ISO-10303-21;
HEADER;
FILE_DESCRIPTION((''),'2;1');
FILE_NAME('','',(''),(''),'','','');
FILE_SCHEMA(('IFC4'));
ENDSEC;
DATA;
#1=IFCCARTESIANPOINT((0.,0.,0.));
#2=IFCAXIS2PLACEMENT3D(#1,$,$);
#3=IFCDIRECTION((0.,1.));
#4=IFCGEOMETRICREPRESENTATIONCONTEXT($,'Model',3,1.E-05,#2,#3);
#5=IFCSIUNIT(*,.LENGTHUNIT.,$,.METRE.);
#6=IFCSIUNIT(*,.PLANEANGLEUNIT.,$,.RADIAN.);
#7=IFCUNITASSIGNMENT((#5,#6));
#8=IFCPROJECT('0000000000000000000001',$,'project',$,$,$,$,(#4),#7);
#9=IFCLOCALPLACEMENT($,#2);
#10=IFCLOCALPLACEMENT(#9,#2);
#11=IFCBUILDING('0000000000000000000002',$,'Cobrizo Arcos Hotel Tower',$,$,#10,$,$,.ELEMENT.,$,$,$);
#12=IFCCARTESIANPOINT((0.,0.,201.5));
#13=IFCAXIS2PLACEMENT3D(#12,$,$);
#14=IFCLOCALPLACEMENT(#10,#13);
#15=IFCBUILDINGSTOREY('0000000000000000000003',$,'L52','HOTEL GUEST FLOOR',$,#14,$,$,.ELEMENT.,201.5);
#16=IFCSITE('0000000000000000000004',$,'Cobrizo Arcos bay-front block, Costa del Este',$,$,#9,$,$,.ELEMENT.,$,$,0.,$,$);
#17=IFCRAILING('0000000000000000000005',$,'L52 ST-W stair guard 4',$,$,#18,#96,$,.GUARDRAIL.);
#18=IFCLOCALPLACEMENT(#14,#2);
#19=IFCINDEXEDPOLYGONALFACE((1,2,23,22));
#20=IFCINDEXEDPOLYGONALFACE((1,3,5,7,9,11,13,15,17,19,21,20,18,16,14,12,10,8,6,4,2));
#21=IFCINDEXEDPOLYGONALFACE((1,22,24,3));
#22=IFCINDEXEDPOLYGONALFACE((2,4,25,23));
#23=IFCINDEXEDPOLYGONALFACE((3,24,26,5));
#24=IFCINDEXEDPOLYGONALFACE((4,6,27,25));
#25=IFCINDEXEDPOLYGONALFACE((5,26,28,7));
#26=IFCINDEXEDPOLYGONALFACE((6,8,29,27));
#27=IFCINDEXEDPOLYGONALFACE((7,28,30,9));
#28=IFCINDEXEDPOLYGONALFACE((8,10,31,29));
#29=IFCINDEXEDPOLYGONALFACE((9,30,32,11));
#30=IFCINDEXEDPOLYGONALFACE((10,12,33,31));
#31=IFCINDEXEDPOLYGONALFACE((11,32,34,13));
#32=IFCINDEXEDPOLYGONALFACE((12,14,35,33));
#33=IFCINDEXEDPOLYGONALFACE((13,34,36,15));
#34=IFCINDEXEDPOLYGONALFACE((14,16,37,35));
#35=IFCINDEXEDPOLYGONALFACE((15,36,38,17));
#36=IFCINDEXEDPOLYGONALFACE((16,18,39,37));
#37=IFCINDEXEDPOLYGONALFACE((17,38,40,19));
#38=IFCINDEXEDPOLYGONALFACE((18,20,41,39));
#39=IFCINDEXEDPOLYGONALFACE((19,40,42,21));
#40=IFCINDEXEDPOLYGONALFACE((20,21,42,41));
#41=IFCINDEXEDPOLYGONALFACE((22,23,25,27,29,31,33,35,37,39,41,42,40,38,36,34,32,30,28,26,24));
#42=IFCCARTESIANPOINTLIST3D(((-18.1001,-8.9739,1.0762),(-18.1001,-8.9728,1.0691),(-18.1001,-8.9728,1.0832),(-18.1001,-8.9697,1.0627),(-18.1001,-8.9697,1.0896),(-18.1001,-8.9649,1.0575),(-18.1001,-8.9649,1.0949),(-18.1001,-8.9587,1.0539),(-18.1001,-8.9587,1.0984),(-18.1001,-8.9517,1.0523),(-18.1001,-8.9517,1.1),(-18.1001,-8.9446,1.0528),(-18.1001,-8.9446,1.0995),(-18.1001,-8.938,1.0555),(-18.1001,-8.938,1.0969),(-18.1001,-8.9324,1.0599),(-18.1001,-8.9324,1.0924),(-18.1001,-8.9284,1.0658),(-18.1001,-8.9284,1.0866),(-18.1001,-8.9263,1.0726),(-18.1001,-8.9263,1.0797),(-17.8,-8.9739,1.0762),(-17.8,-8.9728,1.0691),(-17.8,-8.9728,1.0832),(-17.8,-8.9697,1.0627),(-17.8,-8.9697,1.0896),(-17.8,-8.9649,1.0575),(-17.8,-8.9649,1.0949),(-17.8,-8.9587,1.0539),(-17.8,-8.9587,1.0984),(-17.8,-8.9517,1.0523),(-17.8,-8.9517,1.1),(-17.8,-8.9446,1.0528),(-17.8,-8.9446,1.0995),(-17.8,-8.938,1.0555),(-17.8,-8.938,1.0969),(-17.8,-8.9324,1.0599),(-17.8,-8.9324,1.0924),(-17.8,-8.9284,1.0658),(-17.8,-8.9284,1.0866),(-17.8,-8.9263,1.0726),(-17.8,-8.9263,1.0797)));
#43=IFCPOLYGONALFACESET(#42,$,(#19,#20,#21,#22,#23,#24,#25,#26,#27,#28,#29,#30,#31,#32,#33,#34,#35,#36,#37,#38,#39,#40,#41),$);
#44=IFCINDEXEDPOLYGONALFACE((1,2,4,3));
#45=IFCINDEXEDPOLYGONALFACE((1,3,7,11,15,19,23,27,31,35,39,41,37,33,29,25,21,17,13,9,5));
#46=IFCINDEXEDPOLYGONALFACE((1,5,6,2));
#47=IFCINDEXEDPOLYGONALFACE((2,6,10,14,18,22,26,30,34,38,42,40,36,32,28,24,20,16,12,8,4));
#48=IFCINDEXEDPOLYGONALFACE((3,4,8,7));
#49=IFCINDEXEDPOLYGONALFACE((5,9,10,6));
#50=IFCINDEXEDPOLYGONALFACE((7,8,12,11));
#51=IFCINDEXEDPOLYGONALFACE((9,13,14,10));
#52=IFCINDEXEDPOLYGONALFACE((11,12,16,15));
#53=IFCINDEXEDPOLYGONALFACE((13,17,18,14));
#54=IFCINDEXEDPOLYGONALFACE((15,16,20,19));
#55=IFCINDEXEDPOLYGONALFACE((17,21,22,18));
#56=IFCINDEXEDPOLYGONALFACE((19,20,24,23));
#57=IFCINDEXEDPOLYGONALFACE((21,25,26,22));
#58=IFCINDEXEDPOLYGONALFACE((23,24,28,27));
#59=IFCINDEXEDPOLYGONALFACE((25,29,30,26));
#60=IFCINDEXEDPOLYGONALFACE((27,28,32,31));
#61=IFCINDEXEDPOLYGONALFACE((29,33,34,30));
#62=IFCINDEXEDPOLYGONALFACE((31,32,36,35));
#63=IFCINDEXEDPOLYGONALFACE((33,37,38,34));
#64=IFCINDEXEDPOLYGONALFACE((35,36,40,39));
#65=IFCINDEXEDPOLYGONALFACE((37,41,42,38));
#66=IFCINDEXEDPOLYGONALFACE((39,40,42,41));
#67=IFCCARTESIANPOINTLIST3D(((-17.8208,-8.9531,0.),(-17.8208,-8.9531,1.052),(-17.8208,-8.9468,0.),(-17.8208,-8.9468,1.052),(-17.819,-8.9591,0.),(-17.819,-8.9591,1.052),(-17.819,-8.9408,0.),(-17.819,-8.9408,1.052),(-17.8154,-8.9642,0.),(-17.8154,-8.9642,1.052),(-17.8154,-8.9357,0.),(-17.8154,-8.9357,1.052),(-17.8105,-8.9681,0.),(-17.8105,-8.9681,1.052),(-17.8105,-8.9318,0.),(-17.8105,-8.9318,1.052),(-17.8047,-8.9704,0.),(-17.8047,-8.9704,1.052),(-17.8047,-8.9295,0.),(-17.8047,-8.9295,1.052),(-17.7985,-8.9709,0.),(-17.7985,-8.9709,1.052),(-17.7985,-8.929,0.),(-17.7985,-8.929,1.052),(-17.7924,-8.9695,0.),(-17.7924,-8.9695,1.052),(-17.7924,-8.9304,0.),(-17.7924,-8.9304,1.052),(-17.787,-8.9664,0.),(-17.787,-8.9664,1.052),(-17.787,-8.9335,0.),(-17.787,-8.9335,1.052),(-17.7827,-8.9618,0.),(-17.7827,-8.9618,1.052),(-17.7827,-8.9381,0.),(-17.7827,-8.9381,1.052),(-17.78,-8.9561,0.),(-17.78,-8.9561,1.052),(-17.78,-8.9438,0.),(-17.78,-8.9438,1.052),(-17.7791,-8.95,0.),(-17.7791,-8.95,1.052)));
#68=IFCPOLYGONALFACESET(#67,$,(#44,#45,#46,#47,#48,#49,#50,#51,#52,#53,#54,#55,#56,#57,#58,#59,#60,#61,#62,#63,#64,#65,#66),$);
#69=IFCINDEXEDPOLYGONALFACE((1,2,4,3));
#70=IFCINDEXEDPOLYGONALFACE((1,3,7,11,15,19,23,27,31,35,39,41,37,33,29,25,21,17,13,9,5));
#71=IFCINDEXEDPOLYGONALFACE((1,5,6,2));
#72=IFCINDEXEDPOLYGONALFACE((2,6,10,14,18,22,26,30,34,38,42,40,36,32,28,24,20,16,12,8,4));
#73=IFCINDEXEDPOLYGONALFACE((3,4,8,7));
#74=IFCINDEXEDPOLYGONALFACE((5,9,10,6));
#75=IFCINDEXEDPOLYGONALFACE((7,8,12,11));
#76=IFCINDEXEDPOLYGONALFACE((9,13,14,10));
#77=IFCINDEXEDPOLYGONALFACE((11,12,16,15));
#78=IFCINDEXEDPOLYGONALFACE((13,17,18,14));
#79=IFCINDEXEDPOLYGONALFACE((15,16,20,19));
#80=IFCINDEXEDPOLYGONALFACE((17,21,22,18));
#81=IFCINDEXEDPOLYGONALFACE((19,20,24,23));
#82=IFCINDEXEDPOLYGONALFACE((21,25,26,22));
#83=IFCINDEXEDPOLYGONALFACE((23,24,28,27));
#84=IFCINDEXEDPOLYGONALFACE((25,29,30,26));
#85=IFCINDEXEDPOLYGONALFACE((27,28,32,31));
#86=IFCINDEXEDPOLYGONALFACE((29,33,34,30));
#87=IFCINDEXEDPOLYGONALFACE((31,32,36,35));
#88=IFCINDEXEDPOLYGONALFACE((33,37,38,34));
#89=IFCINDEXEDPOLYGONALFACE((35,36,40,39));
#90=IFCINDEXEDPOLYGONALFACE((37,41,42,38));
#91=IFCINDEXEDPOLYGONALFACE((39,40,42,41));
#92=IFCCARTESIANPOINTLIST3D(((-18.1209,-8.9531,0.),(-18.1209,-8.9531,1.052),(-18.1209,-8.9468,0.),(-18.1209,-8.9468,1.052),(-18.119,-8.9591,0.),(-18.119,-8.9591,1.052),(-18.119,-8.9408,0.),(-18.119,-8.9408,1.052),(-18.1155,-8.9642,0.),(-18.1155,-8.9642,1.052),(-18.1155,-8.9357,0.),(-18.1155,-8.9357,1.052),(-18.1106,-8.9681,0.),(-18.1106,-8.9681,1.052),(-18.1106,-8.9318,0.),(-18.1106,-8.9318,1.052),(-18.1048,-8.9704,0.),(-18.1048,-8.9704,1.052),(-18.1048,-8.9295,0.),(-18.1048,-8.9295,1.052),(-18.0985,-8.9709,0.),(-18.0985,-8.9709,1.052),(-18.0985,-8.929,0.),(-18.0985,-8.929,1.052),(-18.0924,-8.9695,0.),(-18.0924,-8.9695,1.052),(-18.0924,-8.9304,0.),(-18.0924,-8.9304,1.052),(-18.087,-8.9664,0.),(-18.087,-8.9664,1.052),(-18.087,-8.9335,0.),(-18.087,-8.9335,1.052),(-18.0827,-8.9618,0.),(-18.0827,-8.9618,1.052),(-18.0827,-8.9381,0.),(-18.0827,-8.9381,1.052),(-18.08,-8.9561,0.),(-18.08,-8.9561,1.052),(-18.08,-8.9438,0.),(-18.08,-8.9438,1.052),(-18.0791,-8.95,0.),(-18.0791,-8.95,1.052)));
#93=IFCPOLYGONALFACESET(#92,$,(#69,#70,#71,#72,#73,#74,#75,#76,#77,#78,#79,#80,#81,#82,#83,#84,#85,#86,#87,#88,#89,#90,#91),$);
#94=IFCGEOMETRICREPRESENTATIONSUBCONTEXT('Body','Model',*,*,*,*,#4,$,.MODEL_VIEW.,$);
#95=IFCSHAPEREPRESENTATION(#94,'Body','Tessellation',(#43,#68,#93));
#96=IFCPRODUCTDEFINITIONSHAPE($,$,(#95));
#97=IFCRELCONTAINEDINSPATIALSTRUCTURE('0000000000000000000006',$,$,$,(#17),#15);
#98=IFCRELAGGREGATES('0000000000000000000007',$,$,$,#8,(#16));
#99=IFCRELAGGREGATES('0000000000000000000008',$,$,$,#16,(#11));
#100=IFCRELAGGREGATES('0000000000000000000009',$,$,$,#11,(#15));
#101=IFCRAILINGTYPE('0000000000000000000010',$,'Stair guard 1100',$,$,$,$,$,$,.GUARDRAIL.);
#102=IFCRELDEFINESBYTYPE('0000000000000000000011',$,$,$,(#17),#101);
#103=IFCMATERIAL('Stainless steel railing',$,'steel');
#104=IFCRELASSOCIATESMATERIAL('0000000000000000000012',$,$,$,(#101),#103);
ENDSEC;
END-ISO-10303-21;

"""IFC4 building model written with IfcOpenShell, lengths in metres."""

from ifc_helpers import new_model, si_unit, direction, frame, origin, origin_2d, place, context, subcontext, project, spatial, circle, extrude, material, type_object, element, save


model = new_model("IFC4")

# Units and contexts
model_context = context("Model", 3, precision=1e-05, world=origin(), true_north=direction((0.0, 1.0)))
body_context = subcontext(model_context, "Body", "Model", "MODEL_VIEW")
ifc_project = project(units=[si_unit("LENGTHUNIT", "METRE"), si_unit("PLANEANGLEUNIT", "RADIAN")], contexts=[model_context])

# Site, building, storey
site_placement = place(None, origin())
site = spatial("IfcSite", under=ifc_project, at=site_placement, Name="Cobrizo Arcos bay-front block, Costa del Este", CompositionType="ELEMENT", RefElevation=0.0)
building_placement = place(site_placement, origin())
building = spatial("IfcBuilding", under=site, at=building_placement, Name="Cobrizo Arcos Hotel Tower", CompositionType="ELEMENT")
storey_placement = place(building_placement, frame((0.0, 0.0, 201.5)))
storey = spatial("IfcBuildingStorey", under=building, at=storey_placement, Name="L52", Description="HOTEL GUEST FLOOR", CompositionType="ELEMENT", Elevation=201.5)

# Railing
ifc_material_1 = material(Name="Stainless steel railing", Category="steel")
railing_type_1 = type_object("IfcRailingType", Name="Stair guard 1100", PredefinedType="GUARDRAIL", material=ifc_material_1)
railing_1_placement = place(storey_placement, frame((-17.8, -8.95, 0.0)))
element("IfcRailing", 1, at=railing_1_placement, inside=storey, type_object=railing_type_1, Name="L52 ST-W stair guard 4", PredefinedType="GUARDRAIL", context=body_context, shape_type="SweptSolid", body=[
    extrude(circle(Radius=0.0239, at=origin_2d()), frame((0.0, 0.0, 1.0762), z_axis=(-1.0, 0.0, 0.0), x_axis=(0.0, -1.0, 0.0)), (0.0, 0.0, 1.0), 0.3),
    extrude(circle(Radius=0.021, at=origin_2d()), origin(), (0.0, 0.0, 1.0), 1.052),
    extrude(circle(Radius=0.021, at=origin_2d()), frame((-0.3, 0.0, 0.0)), (0.0, 0.0, 1.0), 1.052),
])

save(model, "model.ifc")
